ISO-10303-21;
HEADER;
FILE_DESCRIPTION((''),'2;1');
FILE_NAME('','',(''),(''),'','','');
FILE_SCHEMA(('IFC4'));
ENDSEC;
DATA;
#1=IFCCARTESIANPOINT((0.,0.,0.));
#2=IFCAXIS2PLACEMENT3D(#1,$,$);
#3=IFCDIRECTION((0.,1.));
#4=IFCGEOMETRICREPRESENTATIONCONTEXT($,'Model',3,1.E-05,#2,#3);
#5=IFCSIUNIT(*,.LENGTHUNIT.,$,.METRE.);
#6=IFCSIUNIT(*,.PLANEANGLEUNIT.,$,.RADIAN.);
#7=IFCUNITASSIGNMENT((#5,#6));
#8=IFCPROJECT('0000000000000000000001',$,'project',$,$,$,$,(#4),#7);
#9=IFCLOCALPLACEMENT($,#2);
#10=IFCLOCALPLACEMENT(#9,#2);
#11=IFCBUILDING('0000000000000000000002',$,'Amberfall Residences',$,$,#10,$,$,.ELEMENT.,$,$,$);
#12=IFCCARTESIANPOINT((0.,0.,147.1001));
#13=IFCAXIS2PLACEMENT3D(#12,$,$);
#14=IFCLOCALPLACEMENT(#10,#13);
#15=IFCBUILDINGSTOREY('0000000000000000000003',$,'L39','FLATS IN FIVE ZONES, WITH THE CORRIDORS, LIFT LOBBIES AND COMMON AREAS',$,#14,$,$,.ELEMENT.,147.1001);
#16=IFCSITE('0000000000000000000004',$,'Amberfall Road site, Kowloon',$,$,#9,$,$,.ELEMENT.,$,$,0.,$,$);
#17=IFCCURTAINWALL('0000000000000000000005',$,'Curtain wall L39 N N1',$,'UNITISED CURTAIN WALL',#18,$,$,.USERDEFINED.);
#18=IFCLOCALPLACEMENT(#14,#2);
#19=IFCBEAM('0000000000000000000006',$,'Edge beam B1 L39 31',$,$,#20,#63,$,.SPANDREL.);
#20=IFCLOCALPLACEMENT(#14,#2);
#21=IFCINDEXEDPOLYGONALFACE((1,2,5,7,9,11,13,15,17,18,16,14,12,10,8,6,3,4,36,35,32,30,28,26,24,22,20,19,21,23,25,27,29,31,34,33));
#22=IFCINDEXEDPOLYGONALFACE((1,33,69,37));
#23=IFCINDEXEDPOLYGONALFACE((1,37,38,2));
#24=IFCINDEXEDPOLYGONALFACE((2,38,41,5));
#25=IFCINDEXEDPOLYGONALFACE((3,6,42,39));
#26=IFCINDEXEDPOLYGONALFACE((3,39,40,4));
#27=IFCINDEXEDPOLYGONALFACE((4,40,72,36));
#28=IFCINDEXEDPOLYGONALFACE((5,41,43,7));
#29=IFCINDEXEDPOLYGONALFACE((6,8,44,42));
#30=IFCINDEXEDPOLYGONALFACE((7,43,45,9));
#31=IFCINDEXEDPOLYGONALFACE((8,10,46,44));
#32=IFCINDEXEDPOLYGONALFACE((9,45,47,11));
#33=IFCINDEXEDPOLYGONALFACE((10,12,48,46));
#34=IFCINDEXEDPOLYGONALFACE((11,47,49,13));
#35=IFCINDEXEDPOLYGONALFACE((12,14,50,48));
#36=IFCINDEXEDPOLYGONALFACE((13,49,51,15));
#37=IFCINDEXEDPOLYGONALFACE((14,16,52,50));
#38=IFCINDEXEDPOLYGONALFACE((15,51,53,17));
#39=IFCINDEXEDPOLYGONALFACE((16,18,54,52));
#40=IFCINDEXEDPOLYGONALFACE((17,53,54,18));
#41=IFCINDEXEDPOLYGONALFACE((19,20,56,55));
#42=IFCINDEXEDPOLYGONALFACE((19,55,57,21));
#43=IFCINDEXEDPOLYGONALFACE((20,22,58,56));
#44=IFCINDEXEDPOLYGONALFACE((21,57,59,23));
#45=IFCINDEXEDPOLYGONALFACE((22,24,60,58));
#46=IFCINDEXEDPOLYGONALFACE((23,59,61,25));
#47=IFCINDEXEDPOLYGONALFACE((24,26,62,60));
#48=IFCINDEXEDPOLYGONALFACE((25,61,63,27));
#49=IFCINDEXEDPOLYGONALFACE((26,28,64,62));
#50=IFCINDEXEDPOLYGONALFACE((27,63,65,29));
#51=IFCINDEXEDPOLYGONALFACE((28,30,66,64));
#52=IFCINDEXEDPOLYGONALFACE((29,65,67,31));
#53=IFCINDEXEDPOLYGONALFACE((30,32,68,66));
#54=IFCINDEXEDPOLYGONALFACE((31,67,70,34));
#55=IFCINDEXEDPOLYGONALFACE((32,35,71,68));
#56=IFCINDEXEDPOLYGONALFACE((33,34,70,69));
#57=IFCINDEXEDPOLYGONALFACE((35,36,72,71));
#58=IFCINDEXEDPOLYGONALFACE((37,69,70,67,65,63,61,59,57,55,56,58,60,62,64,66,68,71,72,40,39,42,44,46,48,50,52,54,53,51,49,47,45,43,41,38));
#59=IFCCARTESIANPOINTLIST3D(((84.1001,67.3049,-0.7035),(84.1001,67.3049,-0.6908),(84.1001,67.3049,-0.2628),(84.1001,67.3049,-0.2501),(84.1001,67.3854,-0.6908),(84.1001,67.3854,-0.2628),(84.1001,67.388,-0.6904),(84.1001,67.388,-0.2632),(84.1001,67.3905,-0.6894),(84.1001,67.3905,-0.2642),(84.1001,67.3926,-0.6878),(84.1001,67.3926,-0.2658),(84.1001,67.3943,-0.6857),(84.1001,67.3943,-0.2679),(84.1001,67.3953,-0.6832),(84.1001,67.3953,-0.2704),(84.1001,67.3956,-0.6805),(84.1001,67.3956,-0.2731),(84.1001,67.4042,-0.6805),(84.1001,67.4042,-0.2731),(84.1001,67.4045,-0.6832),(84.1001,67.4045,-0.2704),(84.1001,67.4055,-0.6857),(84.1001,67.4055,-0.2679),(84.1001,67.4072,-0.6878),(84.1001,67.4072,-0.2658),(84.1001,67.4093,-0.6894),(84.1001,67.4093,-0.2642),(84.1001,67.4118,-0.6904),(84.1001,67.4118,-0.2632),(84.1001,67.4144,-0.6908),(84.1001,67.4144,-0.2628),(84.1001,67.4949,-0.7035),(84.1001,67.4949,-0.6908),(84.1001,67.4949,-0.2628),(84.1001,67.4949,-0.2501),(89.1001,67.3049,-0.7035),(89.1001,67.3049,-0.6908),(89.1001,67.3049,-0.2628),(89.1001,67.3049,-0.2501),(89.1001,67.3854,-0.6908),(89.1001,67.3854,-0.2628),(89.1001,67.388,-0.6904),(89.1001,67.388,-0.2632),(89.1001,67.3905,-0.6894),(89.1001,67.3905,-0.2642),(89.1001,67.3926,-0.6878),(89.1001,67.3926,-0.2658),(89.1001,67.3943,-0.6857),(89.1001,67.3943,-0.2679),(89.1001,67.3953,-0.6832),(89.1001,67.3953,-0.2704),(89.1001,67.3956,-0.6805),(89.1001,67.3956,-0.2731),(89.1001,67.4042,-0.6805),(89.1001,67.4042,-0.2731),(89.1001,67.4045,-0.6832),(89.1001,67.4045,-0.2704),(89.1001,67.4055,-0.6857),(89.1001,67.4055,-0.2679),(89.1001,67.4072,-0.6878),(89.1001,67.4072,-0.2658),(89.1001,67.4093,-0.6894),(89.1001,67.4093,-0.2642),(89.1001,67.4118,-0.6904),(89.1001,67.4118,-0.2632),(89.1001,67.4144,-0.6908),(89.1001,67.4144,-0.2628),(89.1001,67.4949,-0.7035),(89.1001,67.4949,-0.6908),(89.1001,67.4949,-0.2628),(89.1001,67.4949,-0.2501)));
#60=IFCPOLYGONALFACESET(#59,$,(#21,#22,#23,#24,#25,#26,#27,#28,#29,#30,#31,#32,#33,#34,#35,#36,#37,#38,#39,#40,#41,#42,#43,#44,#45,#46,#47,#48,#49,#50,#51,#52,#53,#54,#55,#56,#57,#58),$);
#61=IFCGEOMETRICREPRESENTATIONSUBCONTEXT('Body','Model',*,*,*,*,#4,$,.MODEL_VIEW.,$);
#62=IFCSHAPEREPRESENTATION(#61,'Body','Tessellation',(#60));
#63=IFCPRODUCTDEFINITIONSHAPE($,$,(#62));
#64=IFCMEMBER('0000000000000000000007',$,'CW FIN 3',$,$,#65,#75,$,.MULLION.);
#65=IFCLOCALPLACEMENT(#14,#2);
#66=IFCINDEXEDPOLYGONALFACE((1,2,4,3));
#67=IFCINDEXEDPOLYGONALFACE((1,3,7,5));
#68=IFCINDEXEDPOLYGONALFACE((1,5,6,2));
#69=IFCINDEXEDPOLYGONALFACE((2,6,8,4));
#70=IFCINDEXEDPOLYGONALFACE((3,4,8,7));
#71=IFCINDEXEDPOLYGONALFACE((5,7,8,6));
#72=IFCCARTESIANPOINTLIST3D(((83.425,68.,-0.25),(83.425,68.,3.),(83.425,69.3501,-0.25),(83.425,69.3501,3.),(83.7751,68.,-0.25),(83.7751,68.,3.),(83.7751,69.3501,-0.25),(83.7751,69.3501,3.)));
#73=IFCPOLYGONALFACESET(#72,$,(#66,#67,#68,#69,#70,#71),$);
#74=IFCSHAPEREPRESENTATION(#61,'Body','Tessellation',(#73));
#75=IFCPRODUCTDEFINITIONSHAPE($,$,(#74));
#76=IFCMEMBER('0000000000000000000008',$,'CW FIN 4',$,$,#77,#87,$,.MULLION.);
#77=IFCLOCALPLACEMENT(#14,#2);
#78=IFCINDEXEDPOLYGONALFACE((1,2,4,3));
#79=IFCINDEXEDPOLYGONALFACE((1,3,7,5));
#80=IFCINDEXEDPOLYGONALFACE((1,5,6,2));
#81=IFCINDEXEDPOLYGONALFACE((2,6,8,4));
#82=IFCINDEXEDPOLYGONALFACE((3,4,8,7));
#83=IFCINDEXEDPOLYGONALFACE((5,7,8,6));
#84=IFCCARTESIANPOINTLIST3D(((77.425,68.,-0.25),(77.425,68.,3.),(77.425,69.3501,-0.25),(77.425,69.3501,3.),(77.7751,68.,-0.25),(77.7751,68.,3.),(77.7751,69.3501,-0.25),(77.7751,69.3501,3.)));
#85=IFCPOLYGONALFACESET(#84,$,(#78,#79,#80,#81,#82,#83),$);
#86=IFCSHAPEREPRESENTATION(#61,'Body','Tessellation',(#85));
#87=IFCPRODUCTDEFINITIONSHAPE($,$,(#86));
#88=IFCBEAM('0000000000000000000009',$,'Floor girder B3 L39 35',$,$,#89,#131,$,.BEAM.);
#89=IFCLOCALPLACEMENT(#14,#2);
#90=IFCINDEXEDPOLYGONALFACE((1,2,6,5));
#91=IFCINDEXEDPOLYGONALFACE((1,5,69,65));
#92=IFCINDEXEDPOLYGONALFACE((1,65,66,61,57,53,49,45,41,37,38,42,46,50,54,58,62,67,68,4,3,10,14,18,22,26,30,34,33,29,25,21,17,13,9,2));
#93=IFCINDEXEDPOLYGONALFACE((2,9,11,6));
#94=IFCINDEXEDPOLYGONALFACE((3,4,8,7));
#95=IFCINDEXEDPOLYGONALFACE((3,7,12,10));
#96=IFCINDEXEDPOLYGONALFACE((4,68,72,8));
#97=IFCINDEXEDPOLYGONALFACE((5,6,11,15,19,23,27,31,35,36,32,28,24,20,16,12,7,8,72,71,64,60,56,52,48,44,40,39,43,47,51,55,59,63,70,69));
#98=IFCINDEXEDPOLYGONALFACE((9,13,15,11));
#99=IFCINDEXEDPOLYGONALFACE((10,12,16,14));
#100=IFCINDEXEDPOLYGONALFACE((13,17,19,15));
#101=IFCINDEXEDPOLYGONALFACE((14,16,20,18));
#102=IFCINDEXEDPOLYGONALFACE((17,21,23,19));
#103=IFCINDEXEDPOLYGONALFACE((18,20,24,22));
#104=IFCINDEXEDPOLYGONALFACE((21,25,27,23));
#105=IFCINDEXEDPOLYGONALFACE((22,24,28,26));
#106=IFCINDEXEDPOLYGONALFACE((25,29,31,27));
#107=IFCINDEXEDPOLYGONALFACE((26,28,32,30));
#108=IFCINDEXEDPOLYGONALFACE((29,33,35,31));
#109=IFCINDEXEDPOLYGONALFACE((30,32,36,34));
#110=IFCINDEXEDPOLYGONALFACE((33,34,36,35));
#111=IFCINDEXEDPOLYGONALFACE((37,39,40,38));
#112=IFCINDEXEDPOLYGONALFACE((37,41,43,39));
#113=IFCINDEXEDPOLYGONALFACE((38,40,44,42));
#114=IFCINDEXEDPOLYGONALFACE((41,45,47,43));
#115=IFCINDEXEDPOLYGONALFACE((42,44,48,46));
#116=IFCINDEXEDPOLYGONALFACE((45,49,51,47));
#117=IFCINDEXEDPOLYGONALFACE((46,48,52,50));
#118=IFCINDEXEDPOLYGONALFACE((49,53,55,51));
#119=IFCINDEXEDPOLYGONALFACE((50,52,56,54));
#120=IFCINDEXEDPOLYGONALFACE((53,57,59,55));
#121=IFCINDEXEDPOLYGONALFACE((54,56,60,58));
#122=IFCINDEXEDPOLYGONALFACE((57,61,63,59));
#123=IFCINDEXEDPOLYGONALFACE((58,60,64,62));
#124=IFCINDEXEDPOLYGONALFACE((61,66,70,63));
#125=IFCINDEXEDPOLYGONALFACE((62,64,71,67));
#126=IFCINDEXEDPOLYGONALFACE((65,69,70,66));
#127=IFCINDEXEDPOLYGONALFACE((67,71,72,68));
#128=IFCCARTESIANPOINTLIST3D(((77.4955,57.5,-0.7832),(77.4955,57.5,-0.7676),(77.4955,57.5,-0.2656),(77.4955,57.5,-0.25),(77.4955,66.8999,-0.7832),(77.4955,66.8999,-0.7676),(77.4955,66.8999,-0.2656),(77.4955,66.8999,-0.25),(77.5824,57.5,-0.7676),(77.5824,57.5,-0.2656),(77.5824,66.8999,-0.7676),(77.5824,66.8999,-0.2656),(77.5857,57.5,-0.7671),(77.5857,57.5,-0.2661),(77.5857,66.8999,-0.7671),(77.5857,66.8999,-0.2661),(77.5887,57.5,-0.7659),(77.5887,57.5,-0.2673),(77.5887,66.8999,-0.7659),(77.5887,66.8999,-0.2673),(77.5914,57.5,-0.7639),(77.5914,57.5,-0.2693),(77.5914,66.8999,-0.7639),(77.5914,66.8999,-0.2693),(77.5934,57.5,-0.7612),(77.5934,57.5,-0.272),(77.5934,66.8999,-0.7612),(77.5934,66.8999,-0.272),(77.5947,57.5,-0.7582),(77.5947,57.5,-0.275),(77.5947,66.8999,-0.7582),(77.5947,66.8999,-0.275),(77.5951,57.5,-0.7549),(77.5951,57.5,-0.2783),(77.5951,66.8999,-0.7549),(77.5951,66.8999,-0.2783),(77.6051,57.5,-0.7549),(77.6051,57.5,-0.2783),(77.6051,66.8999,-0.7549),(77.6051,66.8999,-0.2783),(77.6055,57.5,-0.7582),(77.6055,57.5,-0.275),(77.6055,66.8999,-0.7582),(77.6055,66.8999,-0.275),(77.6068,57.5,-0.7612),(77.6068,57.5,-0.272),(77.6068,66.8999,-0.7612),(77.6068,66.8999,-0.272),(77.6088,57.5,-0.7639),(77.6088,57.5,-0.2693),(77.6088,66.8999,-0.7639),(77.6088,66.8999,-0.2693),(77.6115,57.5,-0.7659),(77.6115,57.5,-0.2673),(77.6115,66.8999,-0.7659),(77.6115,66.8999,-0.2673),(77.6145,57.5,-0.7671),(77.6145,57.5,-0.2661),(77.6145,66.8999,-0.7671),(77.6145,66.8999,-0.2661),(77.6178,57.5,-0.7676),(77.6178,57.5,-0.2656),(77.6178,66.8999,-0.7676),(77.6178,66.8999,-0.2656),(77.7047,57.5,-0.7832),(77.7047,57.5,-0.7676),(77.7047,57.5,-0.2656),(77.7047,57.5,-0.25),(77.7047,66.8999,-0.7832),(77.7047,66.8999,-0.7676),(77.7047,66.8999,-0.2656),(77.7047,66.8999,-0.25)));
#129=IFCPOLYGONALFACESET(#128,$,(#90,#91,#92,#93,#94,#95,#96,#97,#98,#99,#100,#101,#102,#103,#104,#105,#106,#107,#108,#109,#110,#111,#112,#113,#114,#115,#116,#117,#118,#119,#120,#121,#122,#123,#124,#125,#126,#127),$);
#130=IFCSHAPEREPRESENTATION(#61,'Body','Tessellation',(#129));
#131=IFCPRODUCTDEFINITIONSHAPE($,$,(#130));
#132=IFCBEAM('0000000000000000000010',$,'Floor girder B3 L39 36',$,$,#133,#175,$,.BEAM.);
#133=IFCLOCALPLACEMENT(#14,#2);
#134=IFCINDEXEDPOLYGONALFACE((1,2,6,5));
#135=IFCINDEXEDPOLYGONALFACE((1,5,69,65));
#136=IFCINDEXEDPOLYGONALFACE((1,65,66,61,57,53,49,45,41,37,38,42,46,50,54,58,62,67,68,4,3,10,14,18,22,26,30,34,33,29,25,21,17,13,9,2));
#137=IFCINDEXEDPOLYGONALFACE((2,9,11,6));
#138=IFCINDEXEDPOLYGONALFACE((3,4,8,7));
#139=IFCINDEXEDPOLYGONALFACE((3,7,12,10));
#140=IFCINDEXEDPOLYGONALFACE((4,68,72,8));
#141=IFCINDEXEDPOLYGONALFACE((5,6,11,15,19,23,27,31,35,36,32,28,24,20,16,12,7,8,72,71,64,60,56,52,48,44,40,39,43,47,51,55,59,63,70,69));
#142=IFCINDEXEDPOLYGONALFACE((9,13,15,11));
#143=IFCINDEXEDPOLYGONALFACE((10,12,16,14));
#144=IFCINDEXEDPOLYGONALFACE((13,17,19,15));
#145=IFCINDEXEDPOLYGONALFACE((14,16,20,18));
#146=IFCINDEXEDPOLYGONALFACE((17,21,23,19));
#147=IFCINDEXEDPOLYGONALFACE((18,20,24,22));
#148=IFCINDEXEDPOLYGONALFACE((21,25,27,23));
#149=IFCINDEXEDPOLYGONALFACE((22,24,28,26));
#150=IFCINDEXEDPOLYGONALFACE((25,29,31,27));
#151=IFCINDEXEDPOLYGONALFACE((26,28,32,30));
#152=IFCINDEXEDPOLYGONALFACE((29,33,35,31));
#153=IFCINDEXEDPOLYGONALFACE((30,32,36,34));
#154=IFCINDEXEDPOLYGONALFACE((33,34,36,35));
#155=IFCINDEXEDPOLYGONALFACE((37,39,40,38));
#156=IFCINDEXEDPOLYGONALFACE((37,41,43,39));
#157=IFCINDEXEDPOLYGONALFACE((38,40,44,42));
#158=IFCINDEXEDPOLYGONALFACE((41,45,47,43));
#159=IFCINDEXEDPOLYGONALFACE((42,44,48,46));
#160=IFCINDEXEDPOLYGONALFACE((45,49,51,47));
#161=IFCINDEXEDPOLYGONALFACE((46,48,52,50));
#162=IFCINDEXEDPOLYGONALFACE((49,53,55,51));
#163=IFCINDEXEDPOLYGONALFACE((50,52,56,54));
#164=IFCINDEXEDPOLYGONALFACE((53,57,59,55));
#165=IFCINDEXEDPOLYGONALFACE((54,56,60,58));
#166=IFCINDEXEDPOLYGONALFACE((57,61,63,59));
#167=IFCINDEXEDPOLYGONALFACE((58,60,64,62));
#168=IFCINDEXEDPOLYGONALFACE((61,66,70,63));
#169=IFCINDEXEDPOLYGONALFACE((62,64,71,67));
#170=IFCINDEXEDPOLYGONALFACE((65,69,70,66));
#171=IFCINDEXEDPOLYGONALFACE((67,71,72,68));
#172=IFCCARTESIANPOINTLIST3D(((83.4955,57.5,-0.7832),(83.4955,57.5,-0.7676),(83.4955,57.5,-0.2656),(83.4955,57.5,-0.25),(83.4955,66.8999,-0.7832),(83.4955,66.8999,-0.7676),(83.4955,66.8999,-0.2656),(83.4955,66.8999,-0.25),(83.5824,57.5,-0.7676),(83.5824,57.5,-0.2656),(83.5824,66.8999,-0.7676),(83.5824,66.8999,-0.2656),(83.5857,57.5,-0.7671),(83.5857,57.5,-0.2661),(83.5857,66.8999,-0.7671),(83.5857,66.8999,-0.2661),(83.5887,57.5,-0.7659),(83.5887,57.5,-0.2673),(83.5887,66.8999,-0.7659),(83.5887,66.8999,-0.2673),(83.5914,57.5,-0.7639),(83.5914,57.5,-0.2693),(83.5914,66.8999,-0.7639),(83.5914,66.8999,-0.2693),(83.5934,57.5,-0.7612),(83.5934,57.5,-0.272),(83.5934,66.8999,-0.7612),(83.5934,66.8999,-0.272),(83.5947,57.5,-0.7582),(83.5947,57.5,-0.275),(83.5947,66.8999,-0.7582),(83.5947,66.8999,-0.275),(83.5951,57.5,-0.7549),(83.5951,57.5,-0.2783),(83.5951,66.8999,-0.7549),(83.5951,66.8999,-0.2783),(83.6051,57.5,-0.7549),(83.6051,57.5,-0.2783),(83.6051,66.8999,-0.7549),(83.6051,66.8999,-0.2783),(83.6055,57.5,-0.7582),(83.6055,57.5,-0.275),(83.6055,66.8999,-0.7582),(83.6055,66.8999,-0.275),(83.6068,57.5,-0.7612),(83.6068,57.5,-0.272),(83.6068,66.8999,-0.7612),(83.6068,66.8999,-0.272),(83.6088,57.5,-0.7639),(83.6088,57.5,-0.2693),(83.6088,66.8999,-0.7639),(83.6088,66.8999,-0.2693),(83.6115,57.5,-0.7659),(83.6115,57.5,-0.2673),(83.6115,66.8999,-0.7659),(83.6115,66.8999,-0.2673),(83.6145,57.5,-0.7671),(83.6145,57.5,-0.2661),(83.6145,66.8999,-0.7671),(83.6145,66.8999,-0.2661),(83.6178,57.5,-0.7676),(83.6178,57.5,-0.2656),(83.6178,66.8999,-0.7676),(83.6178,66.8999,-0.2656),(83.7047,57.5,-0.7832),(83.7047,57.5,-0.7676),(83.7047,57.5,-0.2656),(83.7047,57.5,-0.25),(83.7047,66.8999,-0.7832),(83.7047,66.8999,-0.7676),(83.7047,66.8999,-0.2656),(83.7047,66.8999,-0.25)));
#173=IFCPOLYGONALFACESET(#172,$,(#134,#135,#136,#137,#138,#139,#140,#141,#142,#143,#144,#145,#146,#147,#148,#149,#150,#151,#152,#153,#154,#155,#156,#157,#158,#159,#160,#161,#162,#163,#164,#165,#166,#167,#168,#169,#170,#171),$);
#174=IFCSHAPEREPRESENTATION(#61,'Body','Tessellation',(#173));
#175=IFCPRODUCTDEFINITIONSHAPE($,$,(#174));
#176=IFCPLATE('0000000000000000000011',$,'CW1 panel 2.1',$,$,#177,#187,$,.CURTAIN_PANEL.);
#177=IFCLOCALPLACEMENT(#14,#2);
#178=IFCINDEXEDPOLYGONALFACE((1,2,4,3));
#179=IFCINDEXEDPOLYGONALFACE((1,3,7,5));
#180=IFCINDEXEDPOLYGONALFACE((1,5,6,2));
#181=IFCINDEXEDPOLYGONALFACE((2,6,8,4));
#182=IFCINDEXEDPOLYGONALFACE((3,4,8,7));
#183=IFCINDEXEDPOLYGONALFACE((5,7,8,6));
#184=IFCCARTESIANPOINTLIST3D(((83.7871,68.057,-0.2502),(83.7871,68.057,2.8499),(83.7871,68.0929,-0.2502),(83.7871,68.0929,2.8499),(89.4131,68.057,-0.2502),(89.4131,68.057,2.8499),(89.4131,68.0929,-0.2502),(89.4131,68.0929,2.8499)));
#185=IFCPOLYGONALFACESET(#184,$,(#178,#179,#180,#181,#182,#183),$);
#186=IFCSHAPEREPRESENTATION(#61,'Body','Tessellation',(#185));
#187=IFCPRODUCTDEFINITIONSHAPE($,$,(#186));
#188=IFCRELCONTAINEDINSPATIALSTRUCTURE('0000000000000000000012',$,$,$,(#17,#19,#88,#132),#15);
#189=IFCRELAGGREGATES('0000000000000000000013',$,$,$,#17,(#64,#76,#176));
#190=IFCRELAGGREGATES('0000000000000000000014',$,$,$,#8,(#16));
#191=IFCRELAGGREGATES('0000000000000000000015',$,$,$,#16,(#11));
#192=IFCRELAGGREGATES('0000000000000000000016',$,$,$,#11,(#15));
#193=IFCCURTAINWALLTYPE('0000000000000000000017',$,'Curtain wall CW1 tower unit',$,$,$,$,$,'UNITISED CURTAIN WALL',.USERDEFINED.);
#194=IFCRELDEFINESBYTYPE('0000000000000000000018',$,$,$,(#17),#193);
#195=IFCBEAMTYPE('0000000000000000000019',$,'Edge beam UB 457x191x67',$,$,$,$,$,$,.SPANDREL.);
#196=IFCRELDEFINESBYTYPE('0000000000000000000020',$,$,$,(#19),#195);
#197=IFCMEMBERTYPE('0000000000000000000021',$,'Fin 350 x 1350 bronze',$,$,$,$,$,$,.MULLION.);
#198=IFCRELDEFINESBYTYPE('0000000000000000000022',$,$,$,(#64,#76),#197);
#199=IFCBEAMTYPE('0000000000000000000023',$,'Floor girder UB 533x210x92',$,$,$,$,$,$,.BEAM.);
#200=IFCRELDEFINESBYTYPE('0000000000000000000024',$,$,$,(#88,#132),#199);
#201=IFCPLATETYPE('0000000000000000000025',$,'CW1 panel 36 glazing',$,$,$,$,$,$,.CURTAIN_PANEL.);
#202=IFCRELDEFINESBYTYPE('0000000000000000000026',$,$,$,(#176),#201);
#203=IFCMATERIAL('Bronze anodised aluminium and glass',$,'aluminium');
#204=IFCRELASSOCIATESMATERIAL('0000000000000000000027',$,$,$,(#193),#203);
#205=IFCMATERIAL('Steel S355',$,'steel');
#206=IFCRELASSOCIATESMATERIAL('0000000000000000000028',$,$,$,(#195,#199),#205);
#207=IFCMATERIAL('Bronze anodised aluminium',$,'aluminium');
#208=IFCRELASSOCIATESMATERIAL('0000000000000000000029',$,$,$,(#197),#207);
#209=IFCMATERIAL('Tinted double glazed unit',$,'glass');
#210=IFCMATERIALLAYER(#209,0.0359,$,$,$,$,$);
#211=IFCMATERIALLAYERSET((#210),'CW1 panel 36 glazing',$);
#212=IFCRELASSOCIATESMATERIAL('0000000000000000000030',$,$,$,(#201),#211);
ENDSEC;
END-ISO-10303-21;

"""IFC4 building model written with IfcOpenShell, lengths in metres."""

from ifc_helpers import new_model, si_unit, direction, frame, origin, origin_2d, place, context, subcontext, project, spatial, rectangle, i_section, extrude, material, layer, layer_set, material_profile, profile_set, type_object, element, aggregate, save


model = new_model("IFC4")

# Units and contexts
model_context = context("Model", 3, precision=1e-05, world=origin(), true_north=direction((0.0, 1.0)))
body_context = subcontext(model_context, "Body", "Model", "MODEL_VIEW")
ifc_project = project(units=[si_unit("LENGTHUNIT", "METRE"), si_unit("PLANEANGLEUNIT", "RADIAN")], contexts=[model_context])

# Site, building, storey
site_placement = place(None, origin())
site = spatial("IfcSite", under=ifc_project, at=site_placement, Name="Amberfall Road site, Kowloon", CompositionType="ELEMENT", RefElevation=0.0)
building_placement = place(site_placement, origin())
building = spatial("IfcBuilding", under=site, at=building_placement, Name="Amberfall Residences", CompositionType="ELEMENT")
storey_placement = place(building_placement, frame((0.0, 0.0, 147.1001)))
storey = spatial("IfcBuildingStorey", under=building, at=storey_placement, Name="L39", Description="FLATS IN FIVE ZONES, WITH THE CORRIDORS, LIFT LOBBIES AND COMMON AREAS", CompositionType="ELEMENT", Elevation=147.1001)

# Curtain wall
ifc_material_1 = material(Name="Bronze anodised aluminium and glass", Category="aluminium")
curtain_wall_type = type_object("IfcCurtainWallType", Name="Curtain wall CW1 tower unit", ElementType="UNITISED CURTAIN WALL", PredefinedType="USERDEFINED", material=ifc_material_1)
curtain_wall_placement = place(storey_placement, origin())
curtain_wall = element("IfcCurtainWall", 1, at=curtain_wall_placement, inside=storey, type_object=curtain_wall_type, Name="Curtain wall L39 N N1", ObjectType="UNITISED CURTAIN WALL", PredefinedType="USERDEFINED")
ifc_material_2 = material(Name="Bronze anodised aluminium", Category="aluminium")

# Beam
ifc_material_3 = material(Name="Steel S355", Category="steel")
ifc_material_profile_1 = material_profile(ifc_material_3, i_section(OverallWidth=0.1899, OverallDepth=0.4534, WebThickness=0.0085, FlangeThickness=0.0127, FilletRadius=0.0103, at=origin_2d()), Name="UB 457x191x67")
ifc_profile_set_1 = profile_set([ifc_material_profile_1], Name="Steel S355")
beam_type_1 = type_object("IfcBeamType", Name="Edge beam UB 457x191x67", PredefinedType="SPANDREL", material=ifc_profile_set_1)
for number, where, z_axis, x_axis, name in (
    (2, (84.1001, 67.3999, -0.4768), (1.0, 0.0, 0.0), (0.0, 1.0, 0.0), "Edge beam B1 L39 31"),
):
    element("IfcBeam", number, at=place(storey_placement, frame(where, z_axis=z_axis, x_axis=x_axis)), inside=storey, type_object=beam_type_1, Name=name, PredefinedType="SPANDREL", context=body_context, shape_type="SweptSolid", body=[
        extrude(i_section(OverallWidth=0.1899, OverallDepth=0.4534, WebThickness=0.0085, FlangeThickness=0.0127, FilletRadius=0.0103, at=origin_2d()), origin(), (0.0, 0.0, 1.0), 5.0),
    ])

# Members
ifc_material_profile_2 = material_profile(ifc_material_2, rectangle(XDim=1.3501, YDim=0.3501, at=origin_2d()), Name="Fin 350 x 1350 bronze")
ifc_profile_set_2 = profile_set([ifc_material_profile_2], Name="Bronze anodised aluminium")
member_type_1 = type_object("IfcMemberType", Name="Fin 350 x 1350 bronze", PredefinedType="MULLION", material=ifc_profile_set_2)
member_1_placement = place(storey_placement, frame((83.6001, 68.675, -0.25), z_axis=(0.0, 0.0, 1.0), x_axis=(0.0, -1.0, 0.0)))
member_1 = element("IfcMember", 3, at=member_1_placement, type_object=member_type_1, Name="CW FIN 3", PredefinedType="MULLION", context=body_context, shape_type="SweptSolid", body=[
    extrude(rectangle(XDim=1.3501, YDim=0.3501, at=origin_2d()), origin(), (0.0, 0.0, 1.0), 3.25),
])
member_2_placement = place(storey_placement, frame((77.6001, 68.675, -0.25), z_axis=(0.0, 0.0, 1.0), x_axis=(0.0, -1.0, 0.0)))
member_2 = element("IfcMember", 4, at=member_2_placement, type_object=member_type_1, Name="CW FIN 4", PredefinedType="MULLION", context=body_context, shape_type="SweptSolid", body=[
    extrude(rectangle(XDim=1.3501, YDim=0.3501, at=origin_2d()), origin(), (0.0, 0.0, 1.0), 3.25),
])

# Beams
ifc_material_profile_3 = material_profile(ifc_material_3, i_section(OverallWidth=0.2092, OverallDepth=0.5332, WebThickness=0.01, FlangeThickness=0.0156, FilletRadius=0.0127, at=origin_2d()), Name="UB 533x210x92")
ifc_profile_set_3 = profile_set([ifc_material_profile_3], Name="Steel S355")
beam_type_2 = type_object("IfcBeamType", Name="Floor girder UB 533x210x92", PredefinedType="BEAM", material=ifc_profile_set_3)
for number, where, z_axis, x_axis, name in (
    (5, (77.6001, 66.8999, -0.5166), (0.0, -1.0, 0.0), (1.0, 0.0, 0.0), "Floor girder B3 L39 35"),
    (6, (83.6001, 66.8999, -0.5166), (0.0, -1.0, 0.0), (1.0, 0.0, 0.0), "Floor girder B3 L39 36"),
):
    element("IfcBeam", number, at=place(storey_placement, frame(where, z_axis=z_axis, x_axis=x_axis)), inside=storey, type_object=beam_type_2, Name=name, PredefinedType="BEAM", context=body_context, shape_type="SweptSolid", body=[
        extrude(i_section(OverallWidth=0.2092, OverallDepth=0.5332, WebThickness=0.01, FlangeThickness=0.0156, FilletRadius=0.0127, at=origin_2d()), origin(), (0.0, 0.0, 1.0), 9.3999),
    ])

# Plate
ifc_material_4 = material(Name="Tinted double glazed unit", Category="glass")
ifc_layer_1 = layer(ifc_material_4, 0.0359)
ifc_layer_set_1 = layer_set([ifc_layer_1], Name="CW1 panel 36 glazing")
plate_type = type_object("IfcPlateType", Name="CW1 panel 36 glazing", PredefinedType="CURTAIN_PANEL", material=ifc_layer_set_1)
plate_1_placement = place(storey_placement, frame((86.6001, 68.075, -0.2502), z_axis=(0.0, 0.0, 1.0), x_axis=(-1.0, 0.0, 0.0)))
plate_1 = element("IfcPlate", 7, at=plate_1_placement, type_object=plate_type, Name="CW1 panel 2.1", PredefinedType="CURTAIN_PANEL", context=body_context, shape_type="SweptSolid", body=[
    extrude(rectangle(XDim=5.626, YDim=0.0359, at=origin_2d()), origin(), (0.0, 0.0, 1.0), 3.1001),
])
aggregate(curtain_wall, [member_1, member_2, plate_1])

save(model, "model.ifc")
